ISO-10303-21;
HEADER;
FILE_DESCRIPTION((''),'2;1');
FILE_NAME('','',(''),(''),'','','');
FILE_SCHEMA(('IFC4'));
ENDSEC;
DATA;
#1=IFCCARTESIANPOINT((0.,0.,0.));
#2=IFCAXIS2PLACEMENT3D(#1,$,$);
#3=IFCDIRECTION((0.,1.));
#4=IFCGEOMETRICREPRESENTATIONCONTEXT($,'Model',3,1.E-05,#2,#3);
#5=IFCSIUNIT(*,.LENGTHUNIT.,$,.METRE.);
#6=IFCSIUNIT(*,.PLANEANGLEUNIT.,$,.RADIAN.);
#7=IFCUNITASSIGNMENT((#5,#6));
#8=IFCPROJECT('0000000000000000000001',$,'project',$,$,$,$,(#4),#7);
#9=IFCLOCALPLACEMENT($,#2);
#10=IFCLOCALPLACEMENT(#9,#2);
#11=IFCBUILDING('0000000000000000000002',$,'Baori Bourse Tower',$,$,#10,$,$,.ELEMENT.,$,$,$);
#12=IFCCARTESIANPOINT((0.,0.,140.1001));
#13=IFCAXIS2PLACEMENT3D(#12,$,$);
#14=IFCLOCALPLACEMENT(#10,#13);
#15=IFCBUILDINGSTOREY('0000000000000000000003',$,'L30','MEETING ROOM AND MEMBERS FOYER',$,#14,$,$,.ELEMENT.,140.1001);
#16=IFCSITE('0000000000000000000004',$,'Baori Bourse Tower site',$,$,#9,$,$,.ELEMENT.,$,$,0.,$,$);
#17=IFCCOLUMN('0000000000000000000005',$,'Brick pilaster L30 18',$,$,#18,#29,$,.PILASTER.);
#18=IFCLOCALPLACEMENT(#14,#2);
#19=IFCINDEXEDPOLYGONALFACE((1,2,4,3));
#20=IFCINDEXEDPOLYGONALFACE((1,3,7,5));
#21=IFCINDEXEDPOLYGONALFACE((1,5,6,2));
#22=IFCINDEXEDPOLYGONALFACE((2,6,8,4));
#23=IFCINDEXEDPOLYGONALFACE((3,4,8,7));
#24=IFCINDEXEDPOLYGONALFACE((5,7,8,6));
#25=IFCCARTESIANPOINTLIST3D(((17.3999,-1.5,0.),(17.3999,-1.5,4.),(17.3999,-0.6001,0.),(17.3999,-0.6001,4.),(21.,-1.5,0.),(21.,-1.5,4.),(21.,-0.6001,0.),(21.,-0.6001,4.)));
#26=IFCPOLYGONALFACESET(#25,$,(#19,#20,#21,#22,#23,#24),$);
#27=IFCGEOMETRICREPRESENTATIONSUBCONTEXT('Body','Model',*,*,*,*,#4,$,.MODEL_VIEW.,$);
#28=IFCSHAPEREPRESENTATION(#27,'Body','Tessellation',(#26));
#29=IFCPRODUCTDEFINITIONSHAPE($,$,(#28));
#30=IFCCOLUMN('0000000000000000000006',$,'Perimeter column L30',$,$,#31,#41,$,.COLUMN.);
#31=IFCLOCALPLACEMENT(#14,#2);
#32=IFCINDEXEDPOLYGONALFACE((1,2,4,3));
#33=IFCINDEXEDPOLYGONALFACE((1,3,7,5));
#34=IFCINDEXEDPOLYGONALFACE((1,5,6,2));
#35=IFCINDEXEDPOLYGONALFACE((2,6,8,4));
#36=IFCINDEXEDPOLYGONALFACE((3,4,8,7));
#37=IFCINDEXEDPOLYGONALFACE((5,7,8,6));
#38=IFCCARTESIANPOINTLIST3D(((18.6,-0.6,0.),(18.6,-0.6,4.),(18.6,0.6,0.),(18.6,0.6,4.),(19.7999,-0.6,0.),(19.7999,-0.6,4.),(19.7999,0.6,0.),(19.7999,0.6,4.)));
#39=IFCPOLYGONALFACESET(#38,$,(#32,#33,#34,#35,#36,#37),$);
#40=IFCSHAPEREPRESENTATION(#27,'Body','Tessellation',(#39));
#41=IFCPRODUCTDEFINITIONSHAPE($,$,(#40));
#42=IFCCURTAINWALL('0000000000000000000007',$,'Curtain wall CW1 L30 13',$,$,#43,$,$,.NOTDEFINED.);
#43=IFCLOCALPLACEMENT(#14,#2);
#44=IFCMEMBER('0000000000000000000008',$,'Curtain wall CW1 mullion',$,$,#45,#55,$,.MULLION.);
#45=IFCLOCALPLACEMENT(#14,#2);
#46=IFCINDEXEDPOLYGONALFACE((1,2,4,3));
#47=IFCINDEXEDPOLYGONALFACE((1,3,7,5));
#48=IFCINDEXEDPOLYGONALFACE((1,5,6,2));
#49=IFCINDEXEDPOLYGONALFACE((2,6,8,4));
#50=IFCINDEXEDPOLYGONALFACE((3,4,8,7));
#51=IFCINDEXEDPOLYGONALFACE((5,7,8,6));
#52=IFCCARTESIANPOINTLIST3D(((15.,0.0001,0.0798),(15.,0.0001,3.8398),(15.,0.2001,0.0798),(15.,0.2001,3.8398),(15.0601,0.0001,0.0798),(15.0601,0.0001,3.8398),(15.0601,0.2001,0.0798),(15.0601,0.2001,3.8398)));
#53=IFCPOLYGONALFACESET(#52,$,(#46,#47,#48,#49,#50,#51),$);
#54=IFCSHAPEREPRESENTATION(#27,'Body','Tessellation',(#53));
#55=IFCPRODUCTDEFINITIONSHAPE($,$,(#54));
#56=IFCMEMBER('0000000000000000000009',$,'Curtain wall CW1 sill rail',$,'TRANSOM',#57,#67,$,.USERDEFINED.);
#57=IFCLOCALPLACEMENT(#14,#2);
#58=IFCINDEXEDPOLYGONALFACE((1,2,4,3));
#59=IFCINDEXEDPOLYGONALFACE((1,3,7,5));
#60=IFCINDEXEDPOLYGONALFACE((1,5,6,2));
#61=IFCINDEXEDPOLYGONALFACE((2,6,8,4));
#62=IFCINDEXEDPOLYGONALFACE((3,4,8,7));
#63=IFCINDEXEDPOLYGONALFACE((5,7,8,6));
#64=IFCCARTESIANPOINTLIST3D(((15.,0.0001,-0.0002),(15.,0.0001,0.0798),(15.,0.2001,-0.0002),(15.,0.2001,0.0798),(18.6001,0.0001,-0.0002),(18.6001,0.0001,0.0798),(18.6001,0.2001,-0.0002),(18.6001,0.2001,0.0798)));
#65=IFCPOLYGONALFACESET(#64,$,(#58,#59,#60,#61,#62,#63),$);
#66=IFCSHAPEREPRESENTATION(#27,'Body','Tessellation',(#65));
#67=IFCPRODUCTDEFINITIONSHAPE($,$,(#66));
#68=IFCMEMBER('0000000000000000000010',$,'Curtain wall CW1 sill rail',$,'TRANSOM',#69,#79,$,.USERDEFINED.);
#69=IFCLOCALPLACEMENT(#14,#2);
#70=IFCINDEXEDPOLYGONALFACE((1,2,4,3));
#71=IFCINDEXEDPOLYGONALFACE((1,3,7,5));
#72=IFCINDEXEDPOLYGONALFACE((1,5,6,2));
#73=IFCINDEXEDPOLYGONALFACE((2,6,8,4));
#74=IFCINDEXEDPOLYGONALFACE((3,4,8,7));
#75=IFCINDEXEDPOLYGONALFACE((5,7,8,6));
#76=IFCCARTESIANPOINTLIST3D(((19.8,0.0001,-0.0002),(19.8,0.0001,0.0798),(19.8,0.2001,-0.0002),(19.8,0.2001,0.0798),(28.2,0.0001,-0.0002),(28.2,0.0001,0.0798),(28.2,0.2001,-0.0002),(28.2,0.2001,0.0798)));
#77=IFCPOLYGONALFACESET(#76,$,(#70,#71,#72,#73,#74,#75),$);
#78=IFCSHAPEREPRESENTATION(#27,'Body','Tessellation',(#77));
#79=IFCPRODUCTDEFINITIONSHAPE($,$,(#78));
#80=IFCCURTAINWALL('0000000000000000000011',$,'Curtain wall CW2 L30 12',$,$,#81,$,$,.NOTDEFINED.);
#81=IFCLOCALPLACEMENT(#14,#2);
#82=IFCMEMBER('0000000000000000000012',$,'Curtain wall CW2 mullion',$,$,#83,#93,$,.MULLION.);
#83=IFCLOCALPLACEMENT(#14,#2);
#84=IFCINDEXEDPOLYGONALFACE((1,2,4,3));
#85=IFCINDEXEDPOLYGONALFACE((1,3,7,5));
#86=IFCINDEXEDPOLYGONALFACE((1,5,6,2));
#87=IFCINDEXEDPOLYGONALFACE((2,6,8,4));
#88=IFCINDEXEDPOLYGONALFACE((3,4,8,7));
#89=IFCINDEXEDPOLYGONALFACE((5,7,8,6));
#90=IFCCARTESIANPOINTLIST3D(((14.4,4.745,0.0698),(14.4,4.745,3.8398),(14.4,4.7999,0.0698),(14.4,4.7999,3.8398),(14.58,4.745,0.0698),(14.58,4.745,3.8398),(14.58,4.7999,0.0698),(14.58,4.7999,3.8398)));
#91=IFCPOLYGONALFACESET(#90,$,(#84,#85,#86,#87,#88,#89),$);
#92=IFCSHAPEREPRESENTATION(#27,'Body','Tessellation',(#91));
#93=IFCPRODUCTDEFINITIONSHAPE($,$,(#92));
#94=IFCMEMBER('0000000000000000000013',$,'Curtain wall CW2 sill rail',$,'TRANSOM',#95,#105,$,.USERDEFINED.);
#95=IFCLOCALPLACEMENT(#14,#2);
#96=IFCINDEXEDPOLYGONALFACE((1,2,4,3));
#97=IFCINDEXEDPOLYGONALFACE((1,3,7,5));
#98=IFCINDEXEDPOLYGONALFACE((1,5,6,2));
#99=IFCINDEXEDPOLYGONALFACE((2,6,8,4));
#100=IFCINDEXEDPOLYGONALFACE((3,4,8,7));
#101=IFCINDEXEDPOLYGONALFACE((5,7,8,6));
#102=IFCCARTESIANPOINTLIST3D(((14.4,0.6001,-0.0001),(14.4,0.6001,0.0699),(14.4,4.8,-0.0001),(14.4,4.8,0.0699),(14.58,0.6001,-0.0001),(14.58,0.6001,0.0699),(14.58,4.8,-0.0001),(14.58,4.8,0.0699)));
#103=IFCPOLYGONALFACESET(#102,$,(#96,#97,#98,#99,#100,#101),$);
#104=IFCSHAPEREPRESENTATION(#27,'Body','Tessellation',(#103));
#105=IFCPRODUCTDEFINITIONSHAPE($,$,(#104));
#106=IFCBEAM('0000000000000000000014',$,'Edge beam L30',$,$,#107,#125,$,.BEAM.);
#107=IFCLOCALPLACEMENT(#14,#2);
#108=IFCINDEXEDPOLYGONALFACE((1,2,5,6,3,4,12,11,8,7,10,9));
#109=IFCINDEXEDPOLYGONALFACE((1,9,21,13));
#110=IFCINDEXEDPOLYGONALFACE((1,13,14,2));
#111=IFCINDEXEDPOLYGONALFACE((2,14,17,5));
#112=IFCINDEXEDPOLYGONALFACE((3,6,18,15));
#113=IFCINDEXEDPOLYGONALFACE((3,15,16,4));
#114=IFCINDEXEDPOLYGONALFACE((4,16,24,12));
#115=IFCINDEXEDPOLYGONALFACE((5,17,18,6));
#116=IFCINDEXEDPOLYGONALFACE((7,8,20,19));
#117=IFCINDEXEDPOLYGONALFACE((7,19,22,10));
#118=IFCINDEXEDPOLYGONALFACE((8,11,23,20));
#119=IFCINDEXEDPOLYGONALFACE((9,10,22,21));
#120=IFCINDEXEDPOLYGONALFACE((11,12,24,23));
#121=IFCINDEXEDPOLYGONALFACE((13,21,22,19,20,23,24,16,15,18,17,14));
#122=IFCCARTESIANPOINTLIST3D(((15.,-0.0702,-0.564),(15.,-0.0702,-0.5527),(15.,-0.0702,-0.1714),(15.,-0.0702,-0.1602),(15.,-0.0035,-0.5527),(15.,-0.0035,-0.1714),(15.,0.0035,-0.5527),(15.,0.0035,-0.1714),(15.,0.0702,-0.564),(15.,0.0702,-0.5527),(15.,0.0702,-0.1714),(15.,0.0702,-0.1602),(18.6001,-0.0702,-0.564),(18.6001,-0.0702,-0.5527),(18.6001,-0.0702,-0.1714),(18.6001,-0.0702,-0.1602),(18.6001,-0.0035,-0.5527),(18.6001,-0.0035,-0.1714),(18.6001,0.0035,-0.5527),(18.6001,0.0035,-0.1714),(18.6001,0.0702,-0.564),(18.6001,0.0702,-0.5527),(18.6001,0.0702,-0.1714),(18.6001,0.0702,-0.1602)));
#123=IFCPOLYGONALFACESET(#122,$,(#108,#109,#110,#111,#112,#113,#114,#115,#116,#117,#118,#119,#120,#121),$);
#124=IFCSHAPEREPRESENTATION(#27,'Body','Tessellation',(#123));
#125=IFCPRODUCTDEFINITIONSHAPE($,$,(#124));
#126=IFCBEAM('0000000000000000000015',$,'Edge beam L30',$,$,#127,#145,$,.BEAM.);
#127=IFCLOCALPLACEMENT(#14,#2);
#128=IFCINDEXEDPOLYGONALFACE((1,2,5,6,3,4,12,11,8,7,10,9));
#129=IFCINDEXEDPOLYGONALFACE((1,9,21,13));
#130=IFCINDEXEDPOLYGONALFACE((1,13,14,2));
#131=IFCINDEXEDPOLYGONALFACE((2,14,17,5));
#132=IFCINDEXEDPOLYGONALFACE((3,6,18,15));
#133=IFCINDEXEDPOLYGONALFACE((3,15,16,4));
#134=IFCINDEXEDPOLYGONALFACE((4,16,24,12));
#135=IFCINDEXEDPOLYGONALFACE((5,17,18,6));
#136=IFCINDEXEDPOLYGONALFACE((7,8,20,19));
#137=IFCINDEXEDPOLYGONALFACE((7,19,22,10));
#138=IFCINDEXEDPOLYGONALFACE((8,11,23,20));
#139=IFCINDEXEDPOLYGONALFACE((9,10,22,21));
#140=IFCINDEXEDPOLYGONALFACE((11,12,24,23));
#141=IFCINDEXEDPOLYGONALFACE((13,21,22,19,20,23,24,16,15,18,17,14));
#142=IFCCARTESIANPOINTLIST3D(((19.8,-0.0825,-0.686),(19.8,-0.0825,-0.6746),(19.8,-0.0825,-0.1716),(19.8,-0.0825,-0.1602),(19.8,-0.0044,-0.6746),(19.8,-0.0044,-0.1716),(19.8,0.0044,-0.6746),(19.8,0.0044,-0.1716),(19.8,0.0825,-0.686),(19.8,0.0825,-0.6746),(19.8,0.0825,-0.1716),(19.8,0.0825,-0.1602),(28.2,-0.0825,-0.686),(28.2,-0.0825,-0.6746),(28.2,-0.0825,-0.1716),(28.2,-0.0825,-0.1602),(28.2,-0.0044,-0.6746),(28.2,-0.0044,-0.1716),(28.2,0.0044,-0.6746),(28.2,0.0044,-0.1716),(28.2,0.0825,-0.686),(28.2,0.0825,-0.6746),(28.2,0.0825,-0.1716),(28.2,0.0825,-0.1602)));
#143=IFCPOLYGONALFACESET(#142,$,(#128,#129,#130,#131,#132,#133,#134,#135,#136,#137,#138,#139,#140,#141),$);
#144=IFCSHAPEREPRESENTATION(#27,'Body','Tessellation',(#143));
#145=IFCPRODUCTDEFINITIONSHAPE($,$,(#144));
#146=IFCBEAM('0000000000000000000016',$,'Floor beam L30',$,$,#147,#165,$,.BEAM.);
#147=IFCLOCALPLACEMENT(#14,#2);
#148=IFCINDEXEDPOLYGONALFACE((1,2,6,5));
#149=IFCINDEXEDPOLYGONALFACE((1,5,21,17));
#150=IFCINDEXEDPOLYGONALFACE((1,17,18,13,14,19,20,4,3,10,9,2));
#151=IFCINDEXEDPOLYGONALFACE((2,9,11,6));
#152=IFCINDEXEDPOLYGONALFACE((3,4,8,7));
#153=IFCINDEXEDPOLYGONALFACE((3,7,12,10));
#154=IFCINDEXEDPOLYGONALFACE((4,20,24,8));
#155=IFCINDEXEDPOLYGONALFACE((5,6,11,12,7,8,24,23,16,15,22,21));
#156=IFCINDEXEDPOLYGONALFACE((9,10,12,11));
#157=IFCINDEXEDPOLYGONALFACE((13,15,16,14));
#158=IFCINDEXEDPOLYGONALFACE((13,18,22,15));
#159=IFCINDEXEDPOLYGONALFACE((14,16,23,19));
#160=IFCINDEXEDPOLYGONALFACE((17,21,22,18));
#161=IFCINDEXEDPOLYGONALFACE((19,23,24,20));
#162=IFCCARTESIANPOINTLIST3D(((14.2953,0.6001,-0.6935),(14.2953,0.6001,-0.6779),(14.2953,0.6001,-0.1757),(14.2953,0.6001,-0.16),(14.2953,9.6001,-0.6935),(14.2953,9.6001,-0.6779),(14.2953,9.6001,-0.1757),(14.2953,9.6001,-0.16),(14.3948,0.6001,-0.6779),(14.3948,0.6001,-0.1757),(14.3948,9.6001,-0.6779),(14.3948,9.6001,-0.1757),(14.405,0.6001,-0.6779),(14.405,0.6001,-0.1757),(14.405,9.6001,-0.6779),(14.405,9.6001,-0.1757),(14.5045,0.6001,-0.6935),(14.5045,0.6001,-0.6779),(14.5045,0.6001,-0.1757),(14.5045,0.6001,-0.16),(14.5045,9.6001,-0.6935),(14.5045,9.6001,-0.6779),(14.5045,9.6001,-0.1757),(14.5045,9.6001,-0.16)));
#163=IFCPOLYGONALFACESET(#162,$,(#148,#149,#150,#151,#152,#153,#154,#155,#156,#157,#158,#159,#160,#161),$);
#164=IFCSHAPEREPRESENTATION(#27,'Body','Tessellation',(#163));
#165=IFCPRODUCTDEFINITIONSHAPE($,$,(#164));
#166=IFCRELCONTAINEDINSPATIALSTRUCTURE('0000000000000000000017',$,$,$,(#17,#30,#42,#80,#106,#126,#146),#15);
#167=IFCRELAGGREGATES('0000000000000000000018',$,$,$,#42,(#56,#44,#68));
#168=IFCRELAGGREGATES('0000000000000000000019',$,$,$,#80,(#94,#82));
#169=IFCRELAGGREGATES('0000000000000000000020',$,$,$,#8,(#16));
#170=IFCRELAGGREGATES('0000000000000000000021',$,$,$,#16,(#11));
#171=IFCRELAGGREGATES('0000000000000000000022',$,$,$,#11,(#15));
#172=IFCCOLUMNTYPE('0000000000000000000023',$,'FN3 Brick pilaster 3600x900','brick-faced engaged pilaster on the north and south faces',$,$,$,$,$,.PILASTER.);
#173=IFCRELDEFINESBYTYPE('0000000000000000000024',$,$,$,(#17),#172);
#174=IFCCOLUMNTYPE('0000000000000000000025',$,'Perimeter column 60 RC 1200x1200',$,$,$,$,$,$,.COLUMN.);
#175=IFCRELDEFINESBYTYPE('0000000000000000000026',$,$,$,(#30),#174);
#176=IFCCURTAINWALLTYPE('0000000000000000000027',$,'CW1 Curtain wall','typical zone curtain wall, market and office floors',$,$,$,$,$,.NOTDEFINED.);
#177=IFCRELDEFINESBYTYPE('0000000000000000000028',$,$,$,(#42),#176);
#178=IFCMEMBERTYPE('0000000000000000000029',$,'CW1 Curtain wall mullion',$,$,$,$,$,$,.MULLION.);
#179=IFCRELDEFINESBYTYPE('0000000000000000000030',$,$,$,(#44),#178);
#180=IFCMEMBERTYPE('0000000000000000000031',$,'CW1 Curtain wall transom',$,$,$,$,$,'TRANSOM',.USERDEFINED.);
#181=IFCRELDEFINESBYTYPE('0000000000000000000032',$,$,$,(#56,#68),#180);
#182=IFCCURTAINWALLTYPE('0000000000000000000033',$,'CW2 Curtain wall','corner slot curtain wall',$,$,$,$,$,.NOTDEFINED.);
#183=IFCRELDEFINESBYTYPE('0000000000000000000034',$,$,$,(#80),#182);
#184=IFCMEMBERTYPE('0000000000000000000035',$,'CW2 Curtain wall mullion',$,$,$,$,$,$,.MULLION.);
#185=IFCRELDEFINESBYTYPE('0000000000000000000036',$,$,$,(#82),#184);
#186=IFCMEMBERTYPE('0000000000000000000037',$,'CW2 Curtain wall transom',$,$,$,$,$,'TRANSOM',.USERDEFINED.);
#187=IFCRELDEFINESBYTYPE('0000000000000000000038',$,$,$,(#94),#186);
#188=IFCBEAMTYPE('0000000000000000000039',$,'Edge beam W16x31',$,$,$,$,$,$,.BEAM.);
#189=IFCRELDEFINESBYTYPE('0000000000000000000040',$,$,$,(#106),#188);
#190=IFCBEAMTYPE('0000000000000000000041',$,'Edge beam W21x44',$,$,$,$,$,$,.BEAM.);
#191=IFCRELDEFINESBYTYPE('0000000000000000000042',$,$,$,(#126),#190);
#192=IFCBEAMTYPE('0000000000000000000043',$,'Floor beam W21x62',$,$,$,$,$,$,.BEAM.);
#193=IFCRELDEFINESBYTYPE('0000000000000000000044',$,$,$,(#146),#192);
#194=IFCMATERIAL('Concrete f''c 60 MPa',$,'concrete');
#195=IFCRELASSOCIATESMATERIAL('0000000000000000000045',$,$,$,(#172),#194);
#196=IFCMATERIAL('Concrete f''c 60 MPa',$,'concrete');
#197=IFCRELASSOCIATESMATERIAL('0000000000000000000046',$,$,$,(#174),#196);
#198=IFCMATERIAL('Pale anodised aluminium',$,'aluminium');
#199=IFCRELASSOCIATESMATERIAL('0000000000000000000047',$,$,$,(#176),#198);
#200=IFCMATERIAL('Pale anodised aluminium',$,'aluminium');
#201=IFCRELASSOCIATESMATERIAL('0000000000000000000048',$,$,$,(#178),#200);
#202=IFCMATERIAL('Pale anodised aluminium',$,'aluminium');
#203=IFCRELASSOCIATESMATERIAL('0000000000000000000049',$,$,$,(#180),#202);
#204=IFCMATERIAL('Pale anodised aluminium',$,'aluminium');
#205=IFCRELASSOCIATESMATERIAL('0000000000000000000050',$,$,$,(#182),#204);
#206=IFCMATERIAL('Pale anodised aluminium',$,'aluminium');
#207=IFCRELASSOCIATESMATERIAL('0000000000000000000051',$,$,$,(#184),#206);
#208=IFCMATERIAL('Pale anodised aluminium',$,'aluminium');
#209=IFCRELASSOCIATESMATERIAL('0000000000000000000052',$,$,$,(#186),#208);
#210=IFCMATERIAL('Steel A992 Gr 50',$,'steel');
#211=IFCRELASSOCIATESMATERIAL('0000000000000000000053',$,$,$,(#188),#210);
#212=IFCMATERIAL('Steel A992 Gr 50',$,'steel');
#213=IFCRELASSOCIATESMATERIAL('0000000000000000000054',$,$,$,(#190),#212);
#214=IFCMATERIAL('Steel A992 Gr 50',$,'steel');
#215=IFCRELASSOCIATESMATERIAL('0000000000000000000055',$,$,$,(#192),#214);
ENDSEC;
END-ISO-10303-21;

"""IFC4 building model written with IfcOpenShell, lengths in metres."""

from ifc_helpers import new_model, si_unit, direction, frame, origin, origin_2d, place, context, subcontext, project, spatial, rectangle, i_section, extrude, material, material_profile, profile_set, type_object, element, aggregate, save


model = new_model("IFC4")

# Units and contexts
model_context = context("Model", 3, precision=1e-05, world=origin(), true_north=direction((0.0, 1.0)))
body_context = subcontext(model_context, "Body", "Model", "MODEL_VIEW")
ifc_project = project(units=[si_unit("LENGTHUNIT", "METRE"), si_unit("PLANEANGLEUNIT", "RADIAN")], contexts=[model_context])

# Site, building, storey
site_placement = place(None, origin())
site = spatial("IfcSite", under=ifc_project, at=site_placement, Name="Baori Bourse Tower site", CompositionType="ELEMENT", RefElevation=0.0)
building_placement = place(site_placement, origin())
building = spatial("IfcBuilding", under=site, at=building_placement, Name="Baori Bourse Tower", CompositionType="ELEMENT")
storey_placement = place(building_placement, frame((0.0, 0.0, 140.1001)))
storey = spatial("IfcBuildingStorey", under=building, at=storey_placement, Name="L30", Description="MEETING ROOM AND MEMBERS FOYER", CompositionType="ELEMENT", Elevation=140.1001)

# Columns
ifc_material_1 = material(Name="Concrete f'c 60 MPa", Category="concrete")
ifc_material_profile_1 = material_profile(ifc_material_1, rectangle(XDim=3.6001, YDim=0.8999, at=origin_2d()), Name="RC 3600x900")
ifc_profile_set_1 = profile_set([ifc_material_profile_1], Name="Concrete f'c 60 MPa")
column_type_1 = type_object("IfcColumnType", Name="FN3 Brick pilaster 3600x900", Description="brick-faced engaged pilaster on the north and south faces", PredefinedType="PILASTER", material=ifc_profile_set_1)
column_1_placement = place(storey_placement, frame((19.2, -1.05, 0.0), z_axis=(0.0, 0.0, 1.0), x_axis=(1.0, 0.0, 0.0)))
element("IfcColumn", 1, at=column_1_placement, inside=storey, type_object=column_type_1, Name="Brick pilaster L30 18", PredefinedType="PILASTER", context=body_context, shape_type="SweptSolid", body=[
    extrude(rectangle(XDim=3.6001, YDim=0.8999, at=origin_2d()), origin(), (0.0, 0.0, 1.0), 4.0),
])
ifc_material_2 = material(Name="Concrete f'c 60 MPa", Category="concrete")
ifc_material_profile_2 = material_profile(ifc_material_2, rectangle(XDim=1.2, YDim=1.2, at=origin_2d()), Name="RC 1200x1200")
ifc_profile_set_2 = profile_set([ifc_material_profile_2], Name="Concrete f'c 60 MPa")
column_type_2 = type_object("IfcColumnType", Name="Perimeter column 60 RC 1200x1200", PredefinedType="COLUMN", material=ifc_profile_set_2)
column_2_placement = place(storey_placement, frame((19.2, 0.0, 0.0), z_axis=(0.0, 0.0, 1.0), x_axis=(1.0, 0.0, 0.0)))
element("IfcColumn", 2, at=column_2_placement, inside=storey, type_object=column_type_2, Name="Perimeter column L30", PredefinedType="COLUMN", context=body_context, shape_type="SweptSolid", body=[
    extrude(rectangle(XDim=1.2, YDim=1.2, at=origin_2d()), origin(), (0.0, 0.0, 1.0), 4.0),
])

# Curtain walls, members
ifc_material_3 = material(Name="Pale anodised aluminium", Category="aluminium")
curtain_wall_type_1 = type_object("IfcCurtainWallType", Name="CW1 Curtain wall", Description="typical zone curtain wall, market and office floors", PredefinedType="NOTDEFINED", material=ifc_material_3)
curtain_wall_1_placement = place(storey_placement, origin())
curtain_wall_1 = element("IfcCurtainWall", 3, at=curtain_wall_1_placement, inside=storey, type_object=curtain_wall_type_1, Name="Curtain wall CW1 L30 13", PredefinedType="NOTDEFINED")
ifc_material_4 = material(Name="Pale anodised aluminium", Category="aluminium")
ifc_material_profile_3 = material_profile(ifc_material_4, rectangle(XDim=0.2, YDim=0.0601, at=origin_2d()), Name="Mullion 60x200")
ifc_profile_set_3 = profile_set([ifc_material_profile_3], Name="Pale anodised aluminium")
member_type_1 = type_object("IfcMemberType", Name="CW1 Curtain wall mullion", PredefinedType="MULLION", material=ifc_profile_set_3)
member_1_placement = place(storey_placement, frame((15.03, 0.1001, 0.0798), z_axis=(0.0, 0.0, 1.0), x_axis=(0.0, 1.0, 0.0)))
member_1 = element("IfcMember", 4, at=member_1_placement, type_object=member_type_1, Name="Curtain wall CW1 mullion", PredefinedType="MULLION", context=body_context, shape_type="SweptSolid", body=[
    extrude(rectangle(XDim=0.2, YDim=0.0601, at=origin_2d()), origin(), (0.0, 0.0, 1.0), 3.76),
])
ifc_material_5 = material(Name="Pale anodised aluminium", Category="aluminium")
ifc_material_profile_4 = material_profile(ifc_material_5, rectangle(XDim=0.2, YDim=0.0801, at=origin_2d()), Name="Transom 80x200")
ifc_profile_set_4 = profile_set([ifc_material_profile_4], Name="Pale anodised aluminium")
member_type_2 = type_object("IfcMemberType", Name="CW1 Curtain wall transom", ElementType="TRANSOM", PredefinedType="USERDEFINED", material=ifc_profile_set_4)
member_2_placement = place(storey_placement, frame((15.0, 0.1001, 0.0398), z_axis=(1.0, 0.0, 0.0), x_axis=(0.0, 1.0, 0.0)))
member_2 = element("IfcMember", 5, at=member_2_placement, type_object=member_type_2, Name="Curtain wall CW1 sill rail", ObjectType="TRANSOM", PredefinedType="USERDEFINED", context=body_context, shape_type="SweptSolid", body=[
    extrude(rectangle(XDim=0.2, YDim=0.0801, at=origin_2d()), origin(), (0.0, 0.0, 1.0), 3.6001),
])
member_3_placement = place(storey_placement, frame((19.8, 0.1001, 0.0398), z_axis=(1.0, 0.0, 0.0), x_axis=(0.0, 1.0, 0.0)))
member_3 = element("IfcMember", 6, at=member_3_placement, type_object=member_type_2, Name="Curtain wall CW1 sill rail", ObjectType="TRANSOM", PredefinedType="USERDEFINED", context=body_context, shape_type="SweptSolid", body=[
    extrude(rectangle(XDim=0.2, YDim=0.0801, at=origin_2d()), origin(), (0.0, 0.0, 1.0), 8.3999),
])
ifc_material_6 = material(Name="Pale anodised aluminium", Category="aluminium")
curtain_wall_type_2 = type_object("IfcCurtainWallType", Name="CW2 Curtain wall", Description="corner slot curtain wall", PredefinedType="NOTDEFINED", material=ifc_material_6)
curtain_wall_2_placement = place(storey_placement, origin())
curtain_wall_2 = element("IfcCurtainWall", 7, at=curtain_wall_2_placement, inside=storey, type_object=curtain_wall_type_2, Name="Curtain wall CW2 L30 12", PredefinedType="NOTDEFINED")
ifc_material_7 = material(Name="Pale anodised aluminium", Category="aluminium")
ifc_material_profile_5 = material_profile(ifc_material_7, rectangle(XDim=0.1799, YDim=0.0549, at=origin_2d()), Name="Mullion 55x180")
ifc_profile_set_5 = profile_set([ifc_material_profile_5], Name="Pale anodised aluminium")
member_type_3 = type_object("IfcMemberType", Name="CW2 Curtain wall mullion", PredefinedType="MULLION", material=ifc_profile_set_5)
member_4_placement = place(storey_placement, frame((14.49, 4.7725, 0.0698), z_axis=(0.0, 0.0, 1.0), x_axis=(1.0, 0.0, 0.0)))
member_4 = element("IfcMember", 8, at=member_4_placement, type_object=member_type_3, Name="Curtain wall CW2 mullion", PredefinedType="MULLION", context=body_context, shape_type="SweptSolid", body=[
    extrude(rectangle(XDim=0.1799, YDim=0.0549, at=origin_2d()), origin(), (0.0, 0.0, 1.0), 3.77),
])
ifc_material_8 = material(Name="Pale anodised aluminium", Category="aluminium")
ifc_material_profile_6 = material_profile(ifc_material_8, rectangle(XDim=0.1799, YDim=0.0701, at=origin_2d()), Name="Transom 70x180")
ifc_profile_set_6 = profile_set([ifc_material_profile_6], Name="Pale anodised aluminium")
member_type_4 = type_object("IfcMemberType", Name="CW2 Curtain wall transom", ElementType="TRANSOM", PredefinedType="USERDEFINED", material=ifc_profile_set_6)
member_5_placement = place(storey_placement, frame((14.49, 4.8, 0.0349), z_axis=(0.0, -1.0, 0.0), x_axis=(1.0, 0.0, 0.0)))
member_5 = element("IfcMember", 9, at=member_5_placement, type_object=member_type_4, Name="Curtain wall CW2 sill rail", ObjectType="TRANSOM", PredefinedType="USERDEFINED", context=body_context, shape_type="SweptSolid", body=[
    extrude(rectangle(XDim=0.1799, YDim=0.0701, at=origin_2d()), origin(), (0.0, 0.0, 1.0), 4.2),
])

# Beams
ifc_material_9 = material(Name="Steel A992 Gr 50", Category="steel")
ifc_material_profile_7 = material_profile(ifc_material_9, i_section(OverallWidth=0.1404, OverallDepth=0.4038, WebThickness=0.0071, FlangeThickness=0.0112, at=origin_2d()), Name="W16x31")
ifc_profile_set_7 = profile_set([ifc_material_profile_7], Name="Steel A992 Gr 50")
beam_type_1 = type_object("IfcBeamType", Name="Edge beam W16x31", PredefinedType="BEAM", material=ifc_profile_set_7)
beam_1_placement = place(storey_placement, frame((15.0, 0.0, -0.3621), z_axis=(1.0, 0.0, 0.0), x_axis=(0.0, 1.0, 0.0)))
element("IfcBeam", 10, at=beam_1_placement, inside=storey, type_object=beam_type_1, Name="Edge beam L30", PredefinedType="BEAM", context=body_context, shape_type="SweptSolid", body=[
    extrude(i_section(OverallWidth=0.1404, OverallDepth=0.4038, WebThickness=0.0071, FlangeThickness=0.0112, at=origin_2d()), origin(), (0.0, 0.0, 1.0), 3.6001),
])
ifc_material_10 = material(Name="Steel A992 Gr 50", Category="steel")
ifc_material_profile_8 = material_profile(ifc_material_10, i_section(OverallWidth=0.165, OverallDepth=0.5259, WebThickness=0.0088, FlangeThickness=0.0115, at=origin_2d()), Name="W21x44")
ifc_profile_set_8 = profile_set([ifc_material_profile_8], Name="Steel A992 Gr 50")
beam_type_2 = type_object("IfcBeamType", Name="Edge beam W21x44", PredefinedType="BEAM", material=ifc_profile_set_8)
beam_2_placement = place(storey_placement, frame((19.8, 0.0, -0.4231), z_axis=(1.0, 0.0, 0.0), x_axis=(0.0, 1.0, 0.0)))
element("IfcBeam", 11, at=beam_2_placement, inside=storey, type_object=beam_type_2, Name="Edge beam L30", PredefinedType="BEAM", context=body_context, shape_type="SweptSolid", body=[
    extrude(i_section(OverallWidth=0.165, OverallDepth=0.5259, WebThickness=0.0088, FlangeThickness=0.0115, at=origin_2d()), origin(), (0.0, 0.0, 1.0), 8.3999),
])
ifc_material_11 = material(Name="Steel A992 Gr 50", Category="steel")
ifc_material_profile_9 = material_profile(ifc_material_11, i_section(OverallWidth=0.2092, OverallDepth=0.5334, WebThickness=0.0103, FlangeThickness=0.0156, at=origin_2d()), Name="W21x62")
ifc_profile_set_9 = profile_set([ifc_material_profile_9], Name="Steel A992 Gr 50")
beam_type_3 = type_object("IfcBeamType", Name="Floor beam W21x62", PredefinedType="BEAM", material=ifc_profile_set_9)
beam_3_placement = place(storey_placement, frame((14.3999, 0.6001, -0.4268), z_axis=(0.0, 1.0, 0.0), x_axis=(-1.0, 0.0, 0.0)))
element("IfcBeam", 12, at=beam_3_placement, inside=storey, type_object=beam_type_3, Name="Floor beam L30", PredefinedType="BEAM", context=body_context, shape_type="SweptSolid", body=[
    extrude(i_section(OverallWidth=0.2092, OverallDepth=0.5334, WebThickness=0.0103, FlangeThickness=0.0156, at=origin_2d()), origin(), (0.0, 0.0, 1.0), 9.0),
])

aggregate(curtain_wall_1, [member_2, member_1, member_3])
aggregate(curtain_wall_2, [member_5, member_4])

save(model, "model.ifc")
